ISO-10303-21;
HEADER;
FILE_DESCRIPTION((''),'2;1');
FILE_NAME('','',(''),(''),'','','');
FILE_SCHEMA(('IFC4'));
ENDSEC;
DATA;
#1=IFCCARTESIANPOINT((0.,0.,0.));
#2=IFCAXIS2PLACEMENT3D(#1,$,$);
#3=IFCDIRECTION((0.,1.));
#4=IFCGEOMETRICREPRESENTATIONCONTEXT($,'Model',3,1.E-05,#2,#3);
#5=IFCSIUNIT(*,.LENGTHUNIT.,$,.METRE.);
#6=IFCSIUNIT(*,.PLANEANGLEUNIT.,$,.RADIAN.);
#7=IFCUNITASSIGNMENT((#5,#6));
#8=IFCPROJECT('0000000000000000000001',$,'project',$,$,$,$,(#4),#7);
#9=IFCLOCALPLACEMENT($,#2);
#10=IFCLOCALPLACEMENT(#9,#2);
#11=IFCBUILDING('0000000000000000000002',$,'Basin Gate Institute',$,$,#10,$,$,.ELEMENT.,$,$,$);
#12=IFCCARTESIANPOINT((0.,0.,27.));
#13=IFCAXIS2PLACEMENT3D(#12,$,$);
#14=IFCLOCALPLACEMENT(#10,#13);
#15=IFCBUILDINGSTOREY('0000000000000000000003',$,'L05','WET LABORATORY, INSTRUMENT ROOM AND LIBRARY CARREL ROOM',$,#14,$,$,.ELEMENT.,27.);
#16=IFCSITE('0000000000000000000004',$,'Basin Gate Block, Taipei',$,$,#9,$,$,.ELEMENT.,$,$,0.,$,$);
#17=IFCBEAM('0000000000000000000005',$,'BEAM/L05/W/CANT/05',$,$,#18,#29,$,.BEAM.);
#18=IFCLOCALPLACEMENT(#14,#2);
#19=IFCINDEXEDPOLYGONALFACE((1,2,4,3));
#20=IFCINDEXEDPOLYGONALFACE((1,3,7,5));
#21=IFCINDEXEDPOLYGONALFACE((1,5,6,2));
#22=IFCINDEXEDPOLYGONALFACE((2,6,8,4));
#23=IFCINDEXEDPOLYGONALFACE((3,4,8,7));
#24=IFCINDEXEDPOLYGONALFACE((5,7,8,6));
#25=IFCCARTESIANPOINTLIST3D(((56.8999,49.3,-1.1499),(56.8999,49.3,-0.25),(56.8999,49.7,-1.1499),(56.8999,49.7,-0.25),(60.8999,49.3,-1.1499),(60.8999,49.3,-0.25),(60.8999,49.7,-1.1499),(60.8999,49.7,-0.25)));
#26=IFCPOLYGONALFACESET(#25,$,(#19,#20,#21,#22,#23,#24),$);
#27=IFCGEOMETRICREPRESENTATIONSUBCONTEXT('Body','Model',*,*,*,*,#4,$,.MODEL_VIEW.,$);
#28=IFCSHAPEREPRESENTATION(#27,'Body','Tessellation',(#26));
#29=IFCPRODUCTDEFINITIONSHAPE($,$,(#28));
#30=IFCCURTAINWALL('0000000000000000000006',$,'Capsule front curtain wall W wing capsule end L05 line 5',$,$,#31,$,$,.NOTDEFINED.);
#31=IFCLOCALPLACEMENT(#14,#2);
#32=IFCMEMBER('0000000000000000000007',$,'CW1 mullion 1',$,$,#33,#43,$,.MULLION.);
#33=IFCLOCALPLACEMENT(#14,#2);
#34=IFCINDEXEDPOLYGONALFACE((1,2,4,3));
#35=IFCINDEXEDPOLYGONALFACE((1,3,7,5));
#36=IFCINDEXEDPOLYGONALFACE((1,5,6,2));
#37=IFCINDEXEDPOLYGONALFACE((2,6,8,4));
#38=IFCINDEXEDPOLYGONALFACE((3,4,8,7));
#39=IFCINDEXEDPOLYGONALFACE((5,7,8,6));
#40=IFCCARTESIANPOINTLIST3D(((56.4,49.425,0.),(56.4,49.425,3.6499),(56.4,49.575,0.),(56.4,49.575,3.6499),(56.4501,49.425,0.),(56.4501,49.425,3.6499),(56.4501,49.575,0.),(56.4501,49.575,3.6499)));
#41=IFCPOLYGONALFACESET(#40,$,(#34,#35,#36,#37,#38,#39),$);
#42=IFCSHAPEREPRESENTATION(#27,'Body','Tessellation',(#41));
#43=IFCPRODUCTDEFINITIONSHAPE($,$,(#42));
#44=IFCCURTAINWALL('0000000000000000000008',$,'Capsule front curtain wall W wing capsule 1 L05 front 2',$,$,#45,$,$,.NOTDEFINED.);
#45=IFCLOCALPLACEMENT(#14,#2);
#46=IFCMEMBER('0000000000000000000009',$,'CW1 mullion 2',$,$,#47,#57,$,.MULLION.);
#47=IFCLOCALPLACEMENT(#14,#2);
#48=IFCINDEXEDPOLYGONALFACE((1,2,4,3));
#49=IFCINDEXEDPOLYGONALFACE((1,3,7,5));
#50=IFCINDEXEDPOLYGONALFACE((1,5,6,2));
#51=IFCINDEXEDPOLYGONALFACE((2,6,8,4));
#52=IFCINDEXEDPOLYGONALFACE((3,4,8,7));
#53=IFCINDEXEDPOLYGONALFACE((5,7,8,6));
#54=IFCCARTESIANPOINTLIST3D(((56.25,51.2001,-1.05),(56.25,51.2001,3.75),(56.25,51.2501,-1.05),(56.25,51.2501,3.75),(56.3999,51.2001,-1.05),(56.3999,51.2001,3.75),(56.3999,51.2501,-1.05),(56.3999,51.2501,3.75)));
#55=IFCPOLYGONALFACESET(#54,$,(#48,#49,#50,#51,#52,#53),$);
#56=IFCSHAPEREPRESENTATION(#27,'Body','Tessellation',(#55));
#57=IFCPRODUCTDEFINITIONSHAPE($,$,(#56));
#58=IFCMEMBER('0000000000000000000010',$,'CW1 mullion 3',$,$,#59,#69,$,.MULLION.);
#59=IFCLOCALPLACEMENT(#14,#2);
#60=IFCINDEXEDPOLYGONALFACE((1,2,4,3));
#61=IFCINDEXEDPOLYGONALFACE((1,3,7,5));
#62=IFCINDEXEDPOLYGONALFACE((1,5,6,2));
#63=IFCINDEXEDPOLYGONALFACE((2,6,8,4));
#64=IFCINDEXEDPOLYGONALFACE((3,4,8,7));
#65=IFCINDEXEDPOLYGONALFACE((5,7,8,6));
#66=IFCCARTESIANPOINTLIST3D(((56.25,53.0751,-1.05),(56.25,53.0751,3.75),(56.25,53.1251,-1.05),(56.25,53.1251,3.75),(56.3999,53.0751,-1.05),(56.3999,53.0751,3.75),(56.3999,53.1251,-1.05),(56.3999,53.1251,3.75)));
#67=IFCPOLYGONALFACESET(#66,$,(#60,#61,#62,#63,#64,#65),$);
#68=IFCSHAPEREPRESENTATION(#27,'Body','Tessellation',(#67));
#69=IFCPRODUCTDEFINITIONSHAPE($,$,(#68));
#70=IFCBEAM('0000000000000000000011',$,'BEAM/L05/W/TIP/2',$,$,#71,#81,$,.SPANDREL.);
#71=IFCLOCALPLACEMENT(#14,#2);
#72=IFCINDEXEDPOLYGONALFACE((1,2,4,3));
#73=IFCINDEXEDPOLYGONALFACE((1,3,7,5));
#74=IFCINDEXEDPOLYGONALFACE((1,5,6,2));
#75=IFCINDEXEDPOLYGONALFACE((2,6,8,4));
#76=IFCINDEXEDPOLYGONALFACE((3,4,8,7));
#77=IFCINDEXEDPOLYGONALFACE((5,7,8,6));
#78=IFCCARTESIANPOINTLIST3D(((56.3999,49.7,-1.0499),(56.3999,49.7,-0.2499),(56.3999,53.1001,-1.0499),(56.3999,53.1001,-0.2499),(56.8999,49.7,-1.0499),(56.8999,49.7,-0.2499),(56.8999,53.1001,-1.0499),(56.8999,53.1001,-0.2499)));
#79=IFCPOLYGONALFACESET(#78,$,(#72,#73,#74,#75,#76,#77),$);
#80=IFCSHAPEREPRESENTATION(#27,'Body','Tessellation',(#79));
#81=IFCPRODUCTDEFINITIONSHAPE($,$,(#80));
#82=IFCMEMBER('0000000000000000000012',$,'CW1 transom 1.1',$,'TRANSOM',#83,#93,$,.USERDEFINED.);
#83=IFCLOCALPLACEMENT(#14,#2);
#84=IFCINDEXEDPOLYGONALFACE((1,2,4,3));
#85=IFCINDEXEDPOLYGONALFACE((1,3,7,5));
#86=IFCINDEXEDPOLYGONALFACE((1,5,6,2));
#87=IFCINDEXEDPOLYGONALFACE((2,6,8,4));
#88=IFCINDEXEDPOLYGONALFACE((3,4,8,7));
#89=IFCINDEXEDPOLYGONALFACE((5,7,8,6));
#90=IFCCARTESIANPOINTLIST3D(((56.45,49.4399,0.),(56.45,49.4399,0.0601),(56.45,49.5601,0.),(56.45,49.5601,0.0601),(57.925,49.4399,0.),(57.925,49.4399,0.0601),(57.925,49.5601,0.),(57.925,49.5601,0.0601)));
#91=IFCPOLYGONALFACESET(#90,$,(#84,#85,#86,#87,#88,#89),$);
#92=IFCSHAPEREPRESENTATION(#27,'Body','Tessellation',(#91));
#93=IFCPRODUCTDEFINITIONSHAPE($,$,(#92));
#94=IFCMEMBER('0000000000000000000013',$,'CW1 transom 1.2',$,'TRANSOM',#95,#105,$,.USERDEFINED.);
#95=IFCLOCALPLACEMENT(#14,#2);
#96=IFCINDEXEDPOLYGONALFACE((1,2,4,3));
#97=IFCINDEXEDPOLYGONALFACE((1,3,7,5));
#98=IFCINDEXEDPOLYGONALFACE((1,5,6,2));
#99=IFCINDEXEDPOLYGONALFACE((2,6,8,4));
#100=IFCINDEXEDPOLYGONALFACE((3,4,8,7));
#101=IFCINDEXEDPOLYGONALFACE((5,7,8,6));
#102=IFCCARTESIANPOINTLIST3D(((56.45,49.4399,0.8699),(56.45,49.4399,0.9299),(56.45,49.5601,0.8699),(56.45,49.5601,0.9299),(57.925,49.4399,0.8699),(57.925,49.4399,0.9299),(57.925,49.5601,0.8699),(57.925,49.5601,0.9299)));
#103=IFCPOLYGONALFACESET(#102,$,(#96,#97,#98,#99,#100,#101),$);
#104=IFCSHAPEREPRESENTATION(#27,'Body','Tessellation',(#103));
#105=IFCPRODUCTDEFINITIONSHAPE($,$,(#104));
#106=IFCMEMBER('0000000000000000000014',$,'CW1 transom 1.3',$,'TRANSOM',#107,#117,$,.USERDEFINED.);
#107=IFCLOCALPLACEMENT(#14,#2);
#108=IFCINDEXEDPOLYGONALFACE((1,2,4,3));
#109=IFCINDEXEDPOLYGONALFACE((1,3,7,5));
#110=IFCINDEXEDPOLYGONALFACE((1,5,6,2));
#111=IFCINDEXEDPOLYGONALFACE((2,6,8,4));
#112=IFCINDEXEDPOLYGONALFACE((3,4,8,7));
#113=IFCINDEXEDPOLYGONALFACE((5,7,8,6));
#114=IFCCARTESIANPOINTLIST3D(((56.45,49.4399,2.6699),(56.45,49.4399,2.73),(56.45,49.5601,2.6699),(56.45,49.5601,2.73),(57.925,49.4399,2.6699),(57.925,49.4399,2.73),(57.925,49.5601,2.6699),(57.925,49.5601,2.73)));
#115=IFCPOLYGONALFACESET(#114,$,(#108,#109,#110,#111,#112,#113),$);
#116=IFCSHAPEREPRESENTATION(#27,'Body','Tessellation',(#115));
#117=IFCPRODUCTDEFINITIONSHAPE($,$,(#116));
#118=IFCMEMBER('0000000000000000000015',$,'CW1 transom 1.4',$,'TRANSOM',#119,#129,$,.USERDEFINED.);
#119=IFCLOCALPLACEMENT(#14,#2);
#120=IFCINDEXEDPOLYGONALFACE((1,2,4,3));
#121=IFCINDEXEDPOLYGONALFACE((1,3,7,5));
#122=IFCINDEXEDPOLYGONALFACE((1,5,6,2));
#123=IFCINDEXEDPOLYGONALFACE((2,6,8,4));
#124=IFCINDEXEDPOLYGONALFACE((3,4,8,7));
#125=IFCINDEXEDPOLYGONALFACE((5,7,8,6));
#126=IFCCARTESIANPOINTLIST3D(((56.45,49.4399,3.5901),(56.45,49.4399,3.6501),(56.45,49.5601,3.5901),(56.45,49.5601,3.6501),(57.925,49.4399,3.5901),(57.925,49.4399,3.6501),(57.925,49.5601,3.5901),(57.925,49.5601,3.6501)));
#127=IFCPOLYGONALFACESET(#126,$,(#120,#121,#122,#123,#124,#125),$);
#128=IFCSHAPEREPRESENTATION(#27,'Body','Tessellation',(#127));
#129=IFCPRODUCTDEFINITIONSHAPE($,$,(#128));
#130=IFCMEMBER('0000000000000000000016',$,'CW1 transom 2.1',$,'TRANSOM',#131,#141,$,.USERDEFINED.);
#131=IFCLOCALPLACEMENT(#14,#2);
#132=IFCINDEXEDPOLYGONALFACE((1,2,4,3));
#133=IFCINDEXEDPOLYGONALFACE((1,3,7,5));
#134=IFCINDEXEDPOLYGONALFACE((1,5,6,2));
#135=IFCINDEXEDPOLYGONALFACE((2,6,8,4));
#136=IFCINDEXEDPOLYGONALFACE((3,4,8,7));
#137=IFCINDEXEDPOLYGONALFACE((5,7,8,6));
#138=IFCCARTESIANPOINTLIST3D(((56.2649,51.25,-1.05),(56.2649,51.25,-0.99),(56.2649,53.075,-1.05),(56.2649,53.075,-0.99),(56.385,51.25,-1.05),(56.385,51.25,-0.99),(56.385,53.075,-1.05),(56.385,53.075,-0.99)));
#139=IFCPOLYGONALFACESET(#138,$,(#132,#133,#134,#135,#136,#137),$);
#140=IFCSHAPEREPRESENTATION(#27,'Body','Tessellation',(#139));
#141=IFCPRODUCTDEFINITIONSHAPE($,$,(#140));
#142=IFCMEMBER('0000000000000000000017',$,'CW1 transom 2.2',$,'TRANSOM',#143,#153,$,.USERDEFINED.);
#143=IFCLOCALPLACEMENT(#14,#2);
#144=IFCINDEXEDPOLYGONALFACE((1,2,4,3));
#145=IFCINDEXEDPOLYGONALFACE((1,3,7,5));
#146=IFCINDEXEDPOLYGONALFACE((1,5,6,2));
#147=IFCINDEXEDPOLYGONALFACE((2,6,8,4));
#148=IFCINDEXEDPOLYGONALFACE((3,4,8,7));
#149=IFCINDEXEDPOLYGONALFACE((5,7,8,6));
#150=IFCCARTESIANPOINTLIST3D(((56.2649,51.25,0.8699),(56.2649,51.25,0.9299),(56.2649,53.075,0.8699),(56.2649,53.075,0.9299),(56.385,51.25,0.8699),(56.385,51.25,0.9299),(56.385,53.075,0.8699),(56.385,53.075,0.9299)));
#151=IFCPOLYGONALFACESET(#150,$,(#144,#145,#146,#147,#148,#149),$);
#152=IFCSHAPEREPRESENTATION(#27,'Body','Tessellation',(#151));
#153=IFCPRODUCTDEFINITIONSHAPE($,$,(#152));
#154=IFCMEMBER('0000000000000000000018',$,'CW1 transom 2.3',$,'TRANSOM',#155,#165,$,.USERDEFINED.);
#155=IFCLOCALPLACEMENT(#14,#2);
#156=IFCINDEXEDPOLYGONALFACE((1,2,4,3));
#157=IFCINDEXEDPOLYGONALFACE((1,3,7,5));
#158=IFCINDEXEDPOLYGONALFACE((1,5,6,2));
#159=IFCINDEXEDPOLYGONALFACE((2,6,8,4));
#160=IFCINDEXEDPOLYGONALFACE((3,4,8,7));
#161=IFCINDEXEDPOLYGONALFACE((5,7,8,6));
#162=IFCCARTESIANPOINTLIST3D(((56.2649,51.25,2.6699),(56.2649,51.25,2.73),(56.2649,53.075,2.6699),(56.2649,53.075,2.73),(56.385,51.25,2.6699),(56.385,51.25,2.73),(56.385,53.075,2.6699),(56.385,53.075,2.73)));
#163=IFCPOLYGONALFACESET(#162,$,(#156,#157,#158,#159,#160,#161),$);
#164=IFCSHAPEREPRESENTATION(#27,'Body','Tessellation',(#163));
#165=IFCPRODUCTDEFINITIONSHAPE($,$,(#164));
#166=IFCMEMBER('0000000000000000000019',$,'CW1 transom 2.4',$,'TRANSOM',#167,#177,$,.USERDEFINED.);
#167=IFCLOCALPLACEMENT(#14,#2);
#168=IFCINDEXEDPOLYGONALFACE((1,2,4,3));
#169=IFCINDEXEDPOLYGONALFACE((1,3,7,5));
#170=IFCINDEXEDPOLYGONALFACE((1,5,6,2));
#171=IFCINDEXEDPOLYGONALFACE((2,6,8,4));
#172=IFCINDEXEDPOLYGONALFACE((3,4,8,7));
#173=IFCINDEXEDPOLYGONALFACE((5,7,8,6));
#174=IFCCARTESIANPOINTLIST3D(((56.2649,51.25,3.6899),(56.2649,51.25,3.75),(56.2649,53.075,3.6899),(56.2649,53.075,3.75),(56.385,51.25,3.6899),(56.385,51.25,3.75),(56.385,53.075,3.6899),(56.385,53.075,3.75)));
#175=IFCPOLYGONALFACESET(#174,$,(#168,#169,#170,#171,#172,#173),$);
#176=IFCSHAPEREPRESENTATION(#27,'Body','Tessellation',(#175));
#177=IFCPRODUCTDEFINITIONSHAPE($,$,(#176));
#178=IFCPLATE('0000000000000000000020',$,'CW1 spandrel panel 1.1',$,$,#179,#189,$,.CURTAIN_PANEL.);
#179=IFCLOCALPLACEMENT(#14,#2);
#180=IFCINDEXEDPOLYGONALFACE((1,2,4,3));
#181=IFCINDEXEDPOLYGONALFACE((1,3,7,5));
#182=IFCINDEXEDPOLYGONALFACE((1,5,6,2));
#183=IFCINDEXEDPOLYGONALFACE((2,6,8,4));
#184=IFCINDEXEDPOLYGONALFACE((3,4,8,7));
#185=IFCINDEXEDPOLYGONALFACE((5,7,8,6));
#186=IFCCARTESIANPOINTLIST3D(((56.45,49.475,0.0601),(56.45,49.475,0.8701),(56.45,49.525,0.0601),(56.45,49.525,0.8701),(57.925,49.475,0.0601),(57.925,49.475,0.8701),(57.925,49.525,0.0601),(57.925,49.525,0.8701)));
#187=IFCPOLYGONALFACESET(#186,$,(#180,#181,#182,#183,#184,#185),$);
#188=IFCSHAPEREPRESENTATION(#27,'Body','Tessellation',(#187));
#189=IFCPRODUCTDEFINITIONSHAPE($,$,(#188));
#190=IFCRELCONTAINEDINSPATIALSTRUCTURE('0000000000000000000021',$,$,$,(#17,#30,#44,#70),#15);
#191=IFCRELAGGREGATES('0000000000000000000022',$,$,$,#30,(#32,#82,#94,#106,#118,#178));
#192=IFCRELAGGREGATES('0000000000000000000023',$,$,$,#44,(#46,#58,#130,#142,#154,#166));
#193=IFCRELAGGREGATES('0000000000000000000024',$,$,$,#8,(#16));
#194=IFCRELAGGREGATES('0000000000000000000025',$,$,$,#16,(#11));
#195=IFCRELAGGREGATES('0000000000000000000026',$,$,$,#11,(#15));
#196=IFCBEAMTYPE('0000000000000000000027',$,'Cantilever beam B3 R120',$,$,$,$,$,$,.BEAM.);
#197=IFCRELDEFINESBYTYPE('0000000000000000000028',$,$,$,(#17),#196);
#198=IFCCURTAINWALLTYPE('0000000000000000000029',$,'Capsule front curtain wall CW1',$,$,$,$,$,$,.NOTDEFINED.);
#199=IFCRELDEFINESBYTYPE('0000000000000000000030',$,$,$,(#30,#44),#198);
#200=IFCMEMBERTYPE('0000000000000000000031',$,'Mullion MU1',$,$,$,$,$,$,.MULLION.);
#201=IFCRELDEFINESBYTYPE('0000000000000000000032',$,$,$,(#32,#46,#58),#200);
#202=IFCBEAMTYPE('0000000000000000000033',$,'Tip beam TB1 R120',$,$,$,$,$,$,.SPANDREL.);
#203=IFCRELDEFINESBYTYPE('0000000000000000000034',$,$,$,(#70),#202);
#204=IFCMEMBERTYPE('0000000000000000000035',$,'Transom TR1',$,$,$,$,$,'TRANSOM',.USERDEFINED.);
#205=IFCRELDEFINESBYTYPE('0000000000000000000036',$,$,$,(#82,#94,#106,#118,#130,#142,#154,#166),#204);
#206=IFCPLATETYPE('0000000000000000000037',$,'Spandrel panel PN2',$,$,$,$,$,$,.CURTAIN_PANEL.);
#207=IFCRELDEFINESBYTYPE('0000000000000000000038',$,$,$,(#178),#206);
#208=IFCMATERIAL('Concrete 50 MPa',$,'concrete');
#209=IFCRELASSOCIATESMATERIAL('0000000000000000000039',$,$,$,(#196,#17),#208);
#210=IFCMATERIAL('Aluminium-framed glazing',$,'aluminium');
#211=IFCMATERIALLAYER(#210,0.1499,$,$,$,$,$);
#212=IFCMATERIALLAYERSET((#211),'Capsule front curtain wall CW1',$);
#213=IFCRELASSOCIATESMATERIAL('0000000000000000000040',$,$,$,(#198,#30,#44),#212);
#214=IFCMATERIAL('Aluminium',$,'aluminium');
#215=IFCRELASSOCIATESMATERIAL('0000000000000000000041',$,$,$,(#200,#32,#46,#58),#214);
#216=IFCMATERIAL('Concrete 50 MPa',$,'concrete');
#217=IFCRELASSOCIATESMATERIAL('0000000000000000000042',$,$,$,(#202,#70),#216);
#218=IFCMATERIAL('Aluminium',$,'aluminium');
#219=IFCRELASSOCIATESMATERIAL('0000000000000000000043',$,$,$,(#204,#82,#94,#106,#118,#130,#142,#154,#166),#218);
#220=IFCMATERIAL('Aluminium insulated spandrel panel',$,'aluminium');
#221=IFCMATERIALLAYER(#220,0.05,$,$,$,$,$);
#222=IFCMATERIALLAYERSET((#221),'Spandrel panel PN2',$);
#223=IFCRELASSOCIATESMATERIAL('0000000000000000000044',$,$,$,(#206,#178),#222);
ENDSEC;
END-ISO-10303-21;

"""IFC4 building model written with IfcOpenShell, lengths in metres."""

from ifc_helpers import new_model, si_unit, direction, frame, origin, origin_2d, place, context, subcontext, project, spatial, rectangle, extrude, material, layer, layer_set, material_profile, profile_set, type_object, element, aggregate, save


model = new_model("IFC4")

# Units and contexts
model_context = context("Model", 3, precision=1e-05, world=origin(), true_north=direction((0.0, 1.0)))
body_context = subcontext(model_context, "Body", "Model", "MODEL_VIEW")
ifc_project = project(units=[si_unit("LENGTHUNIT", "METRE"), si_unit("PLANEANGLEUNIT", "RADIAN")], contexts=[model_context])

# Site, building, storey
site_placement = place(None, origin())
site = spatial("IfcSite", under=ifc_project, at=site_placement, Name="Basin Gate Block, Taipei", CompositionType="ELEMENT", RefElevation=0.0)
building_placement = place(site_placement, origin())
building = spatial("IfcBuilding", under=site, at=building_placement, Name="Basin Gate Institute", CompositionType="ELEMENT")
storey_placement = place(building_placement, frame((0.0, 0.0, 27.0)))
storey = spatial("IfcBuildingStorey", under=building, at=storey_placement, Name="L05", Description="WET LABORATORY, INSTRUMENT ROOM AND LIBRARY CARREL ROOM", CompositionType="ELEMENT", Elevation=27.0)

# Beam
ifc_material_1 = material(Name="Concrete 50 MPa", Category="concrete")
ifc_material_profile_1 = material_profile(ifc_material_1, rectangle(XDim=0.3999, YDim=0.8999, at=origin_2d()), Name="Cantilever beam B3 400 x 900")
ifc_profile_set_1 = profile_set([ifc_material_profile_1], Name="Concrete 50 MPa")
beam_type_1 = type_object("IfcBeamType", Name="Cantilever beam B3 R120", PredefinedType="BEAM", material=ifc_profile_set_1)
beam_1_placement = place(storey_placement, frame((56.8999, 49.5, -0.7), z_axis=(1.0, 0.0, 0.0), x_axis=(0.0, 1.0, 0.0)))
element("IfcBeam", 1, at=beam_1_placement, inside=storey, type_object=beam_type_1, material=ifc_profile_set_1, Name="BEAM/L05/W/CANT/05", PredefinedType="BEAM", context=body_context, shape_type="SweptSolid", body=[
    extrude(rectangle(XDim=0.3999, YDim=0.8999, at=origin_2d()), origin(), (0.0, 0.0, 1.0), 4.0),
])

# Curtain wall, member
ifc_material_2 = material(Name="Aluminium-framed glazing", Category="aluminium")
ifc_layer_1 = layer(ifc_material_2, 0.1499)
ifc_layer_set_1 = layer_set([ifc_layer_1], Name="Capsule front curtain wall CW1")
curtain_wall_type = type_object("IfcCurtainWallType", Name="Capsule front curtain wall CW1", PredefinedType="NOTDEFINED", material=ifc_layer_set_1)
curtain_wall_1_placement = place(storey_placement, origin())
curtain_wall_1 = element("IfcCurtainWall", 2, at=curtain_wall_1_placement, inside=storey, type_object=curtain_wall_type, material=ifc_layer_set_1, Name="Capsule front curtain wall W wing capsule end L05 line 5", PredefinedType="NOTDEFINED")
ifc_material_3 = material(Name="Aluminium", Category="aluminium")
ifc_material_profile_2 = material_profile(ifc_material_3, rectangle(XDim=0.1499, YDim=0.05, at=origin_2d()), Name="Mullion MU1 150 x 50")
ifc_profile_set_2 = profile_set([ifc_material_profile_2], Name="Aluminium")
member_type_1 = type_object("IfcMemberType", Name="Mullion MU1", PredefinedType="MULLION", material=ifc_profile_set_2)
member_1_placement = place(storey_placement, frame((56.425, 49.5, 0.0), z_axis=(0.0, 0.0, 1.0), x_axis=(0.0, 1.0, 0.0)))
member_1 = element("IfcMember", 3, at=member_1_placement, type_object=member_type_1, material=ifc_profile_set_2, Name="CW1 mullion 1", PredefinedType="MULLION", context=body_context, shape_type="SweptSolid", body=[
    extrude(rectangle(XDim=0.1499, YDim=0.05, at=origin_2d()), origin(), (0.0, 0.0, 1.0), 3.6499),
])

# Curtain wall, members
curtain_wall_2_placement = place(storey_placement, origin())
curtain_wall_2 = element("IfcCurtainWall", 4, at=curtain_wall_2_placement, inside=storey, type_object=curtain_wall_type, material=ifc_layer_set_1, Name="Capsule front curtain wall W wing capsule 1 L05 front 2", PredefinedType="NOTDEFINED")
member_2_placement = place(storey_placement, frame((56.325, 51.2251, -1.05), z_axis=(0.0, 0.0, 1.0), x_axis=(-1.0, 0.0, 0.0)))
member_2 = element("IfcMember", 5, at=member_2_placement, type_object=member_type_1, material=ifc_profile_set_2, Name="CW1 mullion 2", PredefinedType="MULLION", context=body_context, shape_type="SweptSolid", body=[
    extrude(rectangle(XDim=0.1499, YDim=0.05, at=origin_2d()), origin(), (0.0, 0.0, 1.0), 4.8),
])
member_3_placement = place(storey_placement, frame((56.325, 53.1001, -1.05), z_axis=(0.0, 0.0, 1.0), x_axis=(-1.0, 0.0, 0.0)))
member_3 = element("IfcMember", 6, at=member_3_placement, type_object=member_type_1, material=ifc_profile_set_2, Name="CW1 mullion 3", PredefinedType="MULLION", context=body_context, shape_type="SweptSolid", body=[
    extrude(rectangle(XDim=0.1499, YDim=0.05, at=origin_2d()), origin(), (0.0, 0.0, 1.0), 4.8),
])

# Beam
ifc_material_4 = material(Name="Concrete 50 MPa", Category="concrete")
ifc_material_profile_3 = material_profile(ifc_material_4, rectangle(XDim=0.5, YDim=0.8, at=origin_2d()), Name="Tip beam TB1 500 x 800")
ifc_profile_set_3 = profile_set([ifc_material_profile_3], Name="Concrete 50 MPa")
beam_type_2 = type_object("IfcBeamType", Name="Tip beam TB1 R120", PredefinedType="SPANDREL", material=ifc_profile_set_3)
beam_2_placement = place(storey_placement, frame((56.6499, 49.7, -0.6499), z_axis=(0.0, 1.0, 0.0), x_axis=(-1.0, 0.0, 0.0)))
element("IfcBeam", 7, at=beam_2_placement, inside=storey, type_object=beam_type_2, material=ifc_profile_set_3, Name="BEAM/L05/W/TIP/2", PredefinedType="SPANDREL", context=body_context, shape_type="SweptSolid", body=[
    extrude(rectangle(XDim=0.5, YDim=0.8, at=origin_2d()), origin(), (0.0, 0.0, 1.0), 3.4001),
])

# Members
ifc_material_5 = material(Name="Aluminium", Category="aluminium")
ifc_material_profile_4 = material_profile(ifc_material_5, rectangle(XDim=0.1201, YDim=0.0601, at=origin_2d()), Name="Transom TR1 120 x 60")
ifc_profile_set_4 = profile_set([ifc_material_profile_4], Name="Aluminium")
member_type_2 = type_object("IfcMemberType", Name="Transom TR1", ElementType="TRANSOM", PredefinedType="USERDEFINED", material=ifc_profile_set_4)
member_4_placement = place(storey_placement, frame((56.45, 49.5, 0.03), z_axis=(1.0, 0.0, 0.0), x_axis=(0.0, 1.0, 0.0)))
member_4 = element("IfcMember", 8, at=member_4_placement, type_object=member_type_2, material=ifc_profile_set_4, Name="CW1 transom 1.1", ObjectType="TRANSOM", PredefinedType="USERDEFINED", context=body_context, shape_type="SweptSolid", body=[
    extrude(rectangle(XDim=0.1201, YDim=0.0601, at=origin_2d()), origin(), (0.0, 0.0, 1.0), 1.4751),
])
member_5_placement = place(storey_placement, frame((56.45, 49.5, 0.8999), z_axis=(1.0, 0.0, 0.0), x_axis=(0.0, 1.0, 0.0)))
member_5 = element("IfcMember", 9, at=member_5_placement, type_object=member_type_2, material=ifc_profile_set_4, Name="CW1 transom 1.2", ObjectType="TRANSOM", PredefinedType="USERDEFINED", context=body_context, shape_type="SweptSolid", body=[
    extrude(rectangle(XDim=0.1201, YDim=0.0601, at=origin_2d()), origin(), (0.0, 0.0, 1.0), 1.4751),
])
member_6_placement = place(storey_placement, frame((56.45, 49.5, 2.7), z_axis=(1.0, 0.0, 0.0), x_axis=(0.0, 1.0, 0.0)))
member_6 = element("IfcMember", 10, at=member_6_placement, type_object=member_type_2, material=ifc_profile_set_4, Name="CW1 transom 1.3", ObjectType="TRANSOM", PredefinedType="USERDEFINED", context=body_context, shape_type="SweptSolid", body=[
    extrude(rectangle(XDim=0.1201, YDim=0.0601, at=origin_2d()), origin(), (0.0, 0.0, 1.0), 1.4751),
])
member_7_placement = place(storey_placement, frame((56.45, 49.5, 3.6201), z_axis=(1.0, 0.0, 0.0), x_axis=(0.0, 1.0, 0.0)))
member_7 = element("IfcMember", 11, at=member_7_placement, type_object=member_type_2, material=ifc_profile_set_4, Name="CW1 transom 1.4", ObjectType="TRANSOM", PredefinedType="USERDEFINED", context=body_context, shape_type="SweptSolid", body=[
    extrude(rectangle(XDim=0.1201, YDim=0.0601, at=origin_2d()), origin(), (0.0, 0.0, 1.0), 1.4751),
])
member_8_placement = place(storey_placement, frame((56.325, 51.25, -1.02), z_axis=(0.0, 1.0, 0.0), x_axis=(-1.0, 0.0, 0.0)))
member_8 = element("IfcMember", 12, at=member_8_placement, type_object=member_type_2, material=ifc_profile_set_4, Name="CW1 transom 2.1", ObjectType="TRANSOM", PredefinedType="USERDEFINED", context=body_context, shape_type="SweptSolid", body=[
    extrude(rectangle(XDim=0.1201, YDim=0.0601, at=origin_2d()), origin(), (0.0, 0.0, 1.0), 1.825),
])
member_9_placement = place(storey_placement, frame((56.325, 51.25, 0.8999), z_axis=(0.0, 1.0, 0.0), x_axis=(-1.0, 0.0, 0.0)))
member_9 = element("IfcMember", 13, at=member_9_placement, type_object=member_type_2, material=ifc_profile_set_4, Name="CW1 transom 2.2", ObjectType="TRANSOM", PredefinedType="USERDEFINED", context=body_context, shape_type="SweptSolid", body=[
    extrude(rectangle(XDim=0.1201, YDim=0.0601, at=origin_2d()), origin(), (0.0, 0.0, 1.0), 1.825),
])
member_10_placement = place(storey_placement, frame((56.325, 51.25, 2.7), z_axis=(0.0, 1.0, 0.0), x_axis=(-1.0, 0.0, 0.0)))
member_10 = element("IfcMember", 14, at=member_10_placement, type_object=member_type_2, material=ifc_profile_set_4, Name="CW1 transom 2.3", ObjectType="TRANSOM", PredefinedType="USERDEFINED", context=body_context, shape_type="SweptSolid", body=[
    extrude(rectangle(XDim=0.1201, YDim=0.0601, at=origin_2d()), origin(), (0.0, 0.0, 1.0), 1.825),
])
member_11_placement = place(storey_placement, frame((56.325, 51.25, 3.72), z_axis=(0.0, 1.0, 0.0), x_axis=(-1.0, 0.0, 0.0)))
member_11 = element("IfcMember", 15, at=member_11_placement, type_object=member_type_2, material=ifc_profile_set_4, Name="CW1 transom 2.4", ObjectType="TRANSOM", PredefinedType="USERDEFINED", context=body_context, shape_type="SweptSolid", body=[
    extrude(rectangle(XDim=0.1201, YDim=0.0601, at=origin_2d()), origin(), (0.0, 0.0, 1.0), 1.825),
])

# Plate
ifc_material_6 = material(Name="Aluminium insulated spandrel panel", Category="aluminium")
ifc_layer_2 = layer(ifc_material_6, 0.05)
ifc_layer_set_2 = layer_set([ifc_layer_2], Name="Spandrel panel PN2")
plate_type_1 = type_object("IfcPlateType", Name="Spandrel panel PN2", PredefinedType="CURTAIN_PANEL", material=ifc_layer_set_2)
plate_1_placement = place(storey_placement, frame((57.1875, 49.5, 0.0601), z_axis=(0.0, 0.0, 1.0), x_axis=(1.0, 0.0, 0.0)))
plate_1 = element("IfcPlate", 16, at=plate_1_placement, type_object=plate_type_1, material=ifc_layer_set_2, Name="CW1 spandrel panel 1.1", PredefinedType="CURTAIN_PANEL", context=body_context, shape_type="SweptSolid", body=[
    extrude(rectangle(XDim=1.4751, YDim=0.05, at=origin_2d()), origin(), (0.0, 0.0, 1.0), 0.8101),
])
aggregate(curtain_wall_1, [member_1, member_4, member_5, member_6, member_7, plate_1])
aggregate(curtain_wall_2, [member_2, member_3, member_8, member_9, member_10, member_11])

save(model, "model.ifc")
